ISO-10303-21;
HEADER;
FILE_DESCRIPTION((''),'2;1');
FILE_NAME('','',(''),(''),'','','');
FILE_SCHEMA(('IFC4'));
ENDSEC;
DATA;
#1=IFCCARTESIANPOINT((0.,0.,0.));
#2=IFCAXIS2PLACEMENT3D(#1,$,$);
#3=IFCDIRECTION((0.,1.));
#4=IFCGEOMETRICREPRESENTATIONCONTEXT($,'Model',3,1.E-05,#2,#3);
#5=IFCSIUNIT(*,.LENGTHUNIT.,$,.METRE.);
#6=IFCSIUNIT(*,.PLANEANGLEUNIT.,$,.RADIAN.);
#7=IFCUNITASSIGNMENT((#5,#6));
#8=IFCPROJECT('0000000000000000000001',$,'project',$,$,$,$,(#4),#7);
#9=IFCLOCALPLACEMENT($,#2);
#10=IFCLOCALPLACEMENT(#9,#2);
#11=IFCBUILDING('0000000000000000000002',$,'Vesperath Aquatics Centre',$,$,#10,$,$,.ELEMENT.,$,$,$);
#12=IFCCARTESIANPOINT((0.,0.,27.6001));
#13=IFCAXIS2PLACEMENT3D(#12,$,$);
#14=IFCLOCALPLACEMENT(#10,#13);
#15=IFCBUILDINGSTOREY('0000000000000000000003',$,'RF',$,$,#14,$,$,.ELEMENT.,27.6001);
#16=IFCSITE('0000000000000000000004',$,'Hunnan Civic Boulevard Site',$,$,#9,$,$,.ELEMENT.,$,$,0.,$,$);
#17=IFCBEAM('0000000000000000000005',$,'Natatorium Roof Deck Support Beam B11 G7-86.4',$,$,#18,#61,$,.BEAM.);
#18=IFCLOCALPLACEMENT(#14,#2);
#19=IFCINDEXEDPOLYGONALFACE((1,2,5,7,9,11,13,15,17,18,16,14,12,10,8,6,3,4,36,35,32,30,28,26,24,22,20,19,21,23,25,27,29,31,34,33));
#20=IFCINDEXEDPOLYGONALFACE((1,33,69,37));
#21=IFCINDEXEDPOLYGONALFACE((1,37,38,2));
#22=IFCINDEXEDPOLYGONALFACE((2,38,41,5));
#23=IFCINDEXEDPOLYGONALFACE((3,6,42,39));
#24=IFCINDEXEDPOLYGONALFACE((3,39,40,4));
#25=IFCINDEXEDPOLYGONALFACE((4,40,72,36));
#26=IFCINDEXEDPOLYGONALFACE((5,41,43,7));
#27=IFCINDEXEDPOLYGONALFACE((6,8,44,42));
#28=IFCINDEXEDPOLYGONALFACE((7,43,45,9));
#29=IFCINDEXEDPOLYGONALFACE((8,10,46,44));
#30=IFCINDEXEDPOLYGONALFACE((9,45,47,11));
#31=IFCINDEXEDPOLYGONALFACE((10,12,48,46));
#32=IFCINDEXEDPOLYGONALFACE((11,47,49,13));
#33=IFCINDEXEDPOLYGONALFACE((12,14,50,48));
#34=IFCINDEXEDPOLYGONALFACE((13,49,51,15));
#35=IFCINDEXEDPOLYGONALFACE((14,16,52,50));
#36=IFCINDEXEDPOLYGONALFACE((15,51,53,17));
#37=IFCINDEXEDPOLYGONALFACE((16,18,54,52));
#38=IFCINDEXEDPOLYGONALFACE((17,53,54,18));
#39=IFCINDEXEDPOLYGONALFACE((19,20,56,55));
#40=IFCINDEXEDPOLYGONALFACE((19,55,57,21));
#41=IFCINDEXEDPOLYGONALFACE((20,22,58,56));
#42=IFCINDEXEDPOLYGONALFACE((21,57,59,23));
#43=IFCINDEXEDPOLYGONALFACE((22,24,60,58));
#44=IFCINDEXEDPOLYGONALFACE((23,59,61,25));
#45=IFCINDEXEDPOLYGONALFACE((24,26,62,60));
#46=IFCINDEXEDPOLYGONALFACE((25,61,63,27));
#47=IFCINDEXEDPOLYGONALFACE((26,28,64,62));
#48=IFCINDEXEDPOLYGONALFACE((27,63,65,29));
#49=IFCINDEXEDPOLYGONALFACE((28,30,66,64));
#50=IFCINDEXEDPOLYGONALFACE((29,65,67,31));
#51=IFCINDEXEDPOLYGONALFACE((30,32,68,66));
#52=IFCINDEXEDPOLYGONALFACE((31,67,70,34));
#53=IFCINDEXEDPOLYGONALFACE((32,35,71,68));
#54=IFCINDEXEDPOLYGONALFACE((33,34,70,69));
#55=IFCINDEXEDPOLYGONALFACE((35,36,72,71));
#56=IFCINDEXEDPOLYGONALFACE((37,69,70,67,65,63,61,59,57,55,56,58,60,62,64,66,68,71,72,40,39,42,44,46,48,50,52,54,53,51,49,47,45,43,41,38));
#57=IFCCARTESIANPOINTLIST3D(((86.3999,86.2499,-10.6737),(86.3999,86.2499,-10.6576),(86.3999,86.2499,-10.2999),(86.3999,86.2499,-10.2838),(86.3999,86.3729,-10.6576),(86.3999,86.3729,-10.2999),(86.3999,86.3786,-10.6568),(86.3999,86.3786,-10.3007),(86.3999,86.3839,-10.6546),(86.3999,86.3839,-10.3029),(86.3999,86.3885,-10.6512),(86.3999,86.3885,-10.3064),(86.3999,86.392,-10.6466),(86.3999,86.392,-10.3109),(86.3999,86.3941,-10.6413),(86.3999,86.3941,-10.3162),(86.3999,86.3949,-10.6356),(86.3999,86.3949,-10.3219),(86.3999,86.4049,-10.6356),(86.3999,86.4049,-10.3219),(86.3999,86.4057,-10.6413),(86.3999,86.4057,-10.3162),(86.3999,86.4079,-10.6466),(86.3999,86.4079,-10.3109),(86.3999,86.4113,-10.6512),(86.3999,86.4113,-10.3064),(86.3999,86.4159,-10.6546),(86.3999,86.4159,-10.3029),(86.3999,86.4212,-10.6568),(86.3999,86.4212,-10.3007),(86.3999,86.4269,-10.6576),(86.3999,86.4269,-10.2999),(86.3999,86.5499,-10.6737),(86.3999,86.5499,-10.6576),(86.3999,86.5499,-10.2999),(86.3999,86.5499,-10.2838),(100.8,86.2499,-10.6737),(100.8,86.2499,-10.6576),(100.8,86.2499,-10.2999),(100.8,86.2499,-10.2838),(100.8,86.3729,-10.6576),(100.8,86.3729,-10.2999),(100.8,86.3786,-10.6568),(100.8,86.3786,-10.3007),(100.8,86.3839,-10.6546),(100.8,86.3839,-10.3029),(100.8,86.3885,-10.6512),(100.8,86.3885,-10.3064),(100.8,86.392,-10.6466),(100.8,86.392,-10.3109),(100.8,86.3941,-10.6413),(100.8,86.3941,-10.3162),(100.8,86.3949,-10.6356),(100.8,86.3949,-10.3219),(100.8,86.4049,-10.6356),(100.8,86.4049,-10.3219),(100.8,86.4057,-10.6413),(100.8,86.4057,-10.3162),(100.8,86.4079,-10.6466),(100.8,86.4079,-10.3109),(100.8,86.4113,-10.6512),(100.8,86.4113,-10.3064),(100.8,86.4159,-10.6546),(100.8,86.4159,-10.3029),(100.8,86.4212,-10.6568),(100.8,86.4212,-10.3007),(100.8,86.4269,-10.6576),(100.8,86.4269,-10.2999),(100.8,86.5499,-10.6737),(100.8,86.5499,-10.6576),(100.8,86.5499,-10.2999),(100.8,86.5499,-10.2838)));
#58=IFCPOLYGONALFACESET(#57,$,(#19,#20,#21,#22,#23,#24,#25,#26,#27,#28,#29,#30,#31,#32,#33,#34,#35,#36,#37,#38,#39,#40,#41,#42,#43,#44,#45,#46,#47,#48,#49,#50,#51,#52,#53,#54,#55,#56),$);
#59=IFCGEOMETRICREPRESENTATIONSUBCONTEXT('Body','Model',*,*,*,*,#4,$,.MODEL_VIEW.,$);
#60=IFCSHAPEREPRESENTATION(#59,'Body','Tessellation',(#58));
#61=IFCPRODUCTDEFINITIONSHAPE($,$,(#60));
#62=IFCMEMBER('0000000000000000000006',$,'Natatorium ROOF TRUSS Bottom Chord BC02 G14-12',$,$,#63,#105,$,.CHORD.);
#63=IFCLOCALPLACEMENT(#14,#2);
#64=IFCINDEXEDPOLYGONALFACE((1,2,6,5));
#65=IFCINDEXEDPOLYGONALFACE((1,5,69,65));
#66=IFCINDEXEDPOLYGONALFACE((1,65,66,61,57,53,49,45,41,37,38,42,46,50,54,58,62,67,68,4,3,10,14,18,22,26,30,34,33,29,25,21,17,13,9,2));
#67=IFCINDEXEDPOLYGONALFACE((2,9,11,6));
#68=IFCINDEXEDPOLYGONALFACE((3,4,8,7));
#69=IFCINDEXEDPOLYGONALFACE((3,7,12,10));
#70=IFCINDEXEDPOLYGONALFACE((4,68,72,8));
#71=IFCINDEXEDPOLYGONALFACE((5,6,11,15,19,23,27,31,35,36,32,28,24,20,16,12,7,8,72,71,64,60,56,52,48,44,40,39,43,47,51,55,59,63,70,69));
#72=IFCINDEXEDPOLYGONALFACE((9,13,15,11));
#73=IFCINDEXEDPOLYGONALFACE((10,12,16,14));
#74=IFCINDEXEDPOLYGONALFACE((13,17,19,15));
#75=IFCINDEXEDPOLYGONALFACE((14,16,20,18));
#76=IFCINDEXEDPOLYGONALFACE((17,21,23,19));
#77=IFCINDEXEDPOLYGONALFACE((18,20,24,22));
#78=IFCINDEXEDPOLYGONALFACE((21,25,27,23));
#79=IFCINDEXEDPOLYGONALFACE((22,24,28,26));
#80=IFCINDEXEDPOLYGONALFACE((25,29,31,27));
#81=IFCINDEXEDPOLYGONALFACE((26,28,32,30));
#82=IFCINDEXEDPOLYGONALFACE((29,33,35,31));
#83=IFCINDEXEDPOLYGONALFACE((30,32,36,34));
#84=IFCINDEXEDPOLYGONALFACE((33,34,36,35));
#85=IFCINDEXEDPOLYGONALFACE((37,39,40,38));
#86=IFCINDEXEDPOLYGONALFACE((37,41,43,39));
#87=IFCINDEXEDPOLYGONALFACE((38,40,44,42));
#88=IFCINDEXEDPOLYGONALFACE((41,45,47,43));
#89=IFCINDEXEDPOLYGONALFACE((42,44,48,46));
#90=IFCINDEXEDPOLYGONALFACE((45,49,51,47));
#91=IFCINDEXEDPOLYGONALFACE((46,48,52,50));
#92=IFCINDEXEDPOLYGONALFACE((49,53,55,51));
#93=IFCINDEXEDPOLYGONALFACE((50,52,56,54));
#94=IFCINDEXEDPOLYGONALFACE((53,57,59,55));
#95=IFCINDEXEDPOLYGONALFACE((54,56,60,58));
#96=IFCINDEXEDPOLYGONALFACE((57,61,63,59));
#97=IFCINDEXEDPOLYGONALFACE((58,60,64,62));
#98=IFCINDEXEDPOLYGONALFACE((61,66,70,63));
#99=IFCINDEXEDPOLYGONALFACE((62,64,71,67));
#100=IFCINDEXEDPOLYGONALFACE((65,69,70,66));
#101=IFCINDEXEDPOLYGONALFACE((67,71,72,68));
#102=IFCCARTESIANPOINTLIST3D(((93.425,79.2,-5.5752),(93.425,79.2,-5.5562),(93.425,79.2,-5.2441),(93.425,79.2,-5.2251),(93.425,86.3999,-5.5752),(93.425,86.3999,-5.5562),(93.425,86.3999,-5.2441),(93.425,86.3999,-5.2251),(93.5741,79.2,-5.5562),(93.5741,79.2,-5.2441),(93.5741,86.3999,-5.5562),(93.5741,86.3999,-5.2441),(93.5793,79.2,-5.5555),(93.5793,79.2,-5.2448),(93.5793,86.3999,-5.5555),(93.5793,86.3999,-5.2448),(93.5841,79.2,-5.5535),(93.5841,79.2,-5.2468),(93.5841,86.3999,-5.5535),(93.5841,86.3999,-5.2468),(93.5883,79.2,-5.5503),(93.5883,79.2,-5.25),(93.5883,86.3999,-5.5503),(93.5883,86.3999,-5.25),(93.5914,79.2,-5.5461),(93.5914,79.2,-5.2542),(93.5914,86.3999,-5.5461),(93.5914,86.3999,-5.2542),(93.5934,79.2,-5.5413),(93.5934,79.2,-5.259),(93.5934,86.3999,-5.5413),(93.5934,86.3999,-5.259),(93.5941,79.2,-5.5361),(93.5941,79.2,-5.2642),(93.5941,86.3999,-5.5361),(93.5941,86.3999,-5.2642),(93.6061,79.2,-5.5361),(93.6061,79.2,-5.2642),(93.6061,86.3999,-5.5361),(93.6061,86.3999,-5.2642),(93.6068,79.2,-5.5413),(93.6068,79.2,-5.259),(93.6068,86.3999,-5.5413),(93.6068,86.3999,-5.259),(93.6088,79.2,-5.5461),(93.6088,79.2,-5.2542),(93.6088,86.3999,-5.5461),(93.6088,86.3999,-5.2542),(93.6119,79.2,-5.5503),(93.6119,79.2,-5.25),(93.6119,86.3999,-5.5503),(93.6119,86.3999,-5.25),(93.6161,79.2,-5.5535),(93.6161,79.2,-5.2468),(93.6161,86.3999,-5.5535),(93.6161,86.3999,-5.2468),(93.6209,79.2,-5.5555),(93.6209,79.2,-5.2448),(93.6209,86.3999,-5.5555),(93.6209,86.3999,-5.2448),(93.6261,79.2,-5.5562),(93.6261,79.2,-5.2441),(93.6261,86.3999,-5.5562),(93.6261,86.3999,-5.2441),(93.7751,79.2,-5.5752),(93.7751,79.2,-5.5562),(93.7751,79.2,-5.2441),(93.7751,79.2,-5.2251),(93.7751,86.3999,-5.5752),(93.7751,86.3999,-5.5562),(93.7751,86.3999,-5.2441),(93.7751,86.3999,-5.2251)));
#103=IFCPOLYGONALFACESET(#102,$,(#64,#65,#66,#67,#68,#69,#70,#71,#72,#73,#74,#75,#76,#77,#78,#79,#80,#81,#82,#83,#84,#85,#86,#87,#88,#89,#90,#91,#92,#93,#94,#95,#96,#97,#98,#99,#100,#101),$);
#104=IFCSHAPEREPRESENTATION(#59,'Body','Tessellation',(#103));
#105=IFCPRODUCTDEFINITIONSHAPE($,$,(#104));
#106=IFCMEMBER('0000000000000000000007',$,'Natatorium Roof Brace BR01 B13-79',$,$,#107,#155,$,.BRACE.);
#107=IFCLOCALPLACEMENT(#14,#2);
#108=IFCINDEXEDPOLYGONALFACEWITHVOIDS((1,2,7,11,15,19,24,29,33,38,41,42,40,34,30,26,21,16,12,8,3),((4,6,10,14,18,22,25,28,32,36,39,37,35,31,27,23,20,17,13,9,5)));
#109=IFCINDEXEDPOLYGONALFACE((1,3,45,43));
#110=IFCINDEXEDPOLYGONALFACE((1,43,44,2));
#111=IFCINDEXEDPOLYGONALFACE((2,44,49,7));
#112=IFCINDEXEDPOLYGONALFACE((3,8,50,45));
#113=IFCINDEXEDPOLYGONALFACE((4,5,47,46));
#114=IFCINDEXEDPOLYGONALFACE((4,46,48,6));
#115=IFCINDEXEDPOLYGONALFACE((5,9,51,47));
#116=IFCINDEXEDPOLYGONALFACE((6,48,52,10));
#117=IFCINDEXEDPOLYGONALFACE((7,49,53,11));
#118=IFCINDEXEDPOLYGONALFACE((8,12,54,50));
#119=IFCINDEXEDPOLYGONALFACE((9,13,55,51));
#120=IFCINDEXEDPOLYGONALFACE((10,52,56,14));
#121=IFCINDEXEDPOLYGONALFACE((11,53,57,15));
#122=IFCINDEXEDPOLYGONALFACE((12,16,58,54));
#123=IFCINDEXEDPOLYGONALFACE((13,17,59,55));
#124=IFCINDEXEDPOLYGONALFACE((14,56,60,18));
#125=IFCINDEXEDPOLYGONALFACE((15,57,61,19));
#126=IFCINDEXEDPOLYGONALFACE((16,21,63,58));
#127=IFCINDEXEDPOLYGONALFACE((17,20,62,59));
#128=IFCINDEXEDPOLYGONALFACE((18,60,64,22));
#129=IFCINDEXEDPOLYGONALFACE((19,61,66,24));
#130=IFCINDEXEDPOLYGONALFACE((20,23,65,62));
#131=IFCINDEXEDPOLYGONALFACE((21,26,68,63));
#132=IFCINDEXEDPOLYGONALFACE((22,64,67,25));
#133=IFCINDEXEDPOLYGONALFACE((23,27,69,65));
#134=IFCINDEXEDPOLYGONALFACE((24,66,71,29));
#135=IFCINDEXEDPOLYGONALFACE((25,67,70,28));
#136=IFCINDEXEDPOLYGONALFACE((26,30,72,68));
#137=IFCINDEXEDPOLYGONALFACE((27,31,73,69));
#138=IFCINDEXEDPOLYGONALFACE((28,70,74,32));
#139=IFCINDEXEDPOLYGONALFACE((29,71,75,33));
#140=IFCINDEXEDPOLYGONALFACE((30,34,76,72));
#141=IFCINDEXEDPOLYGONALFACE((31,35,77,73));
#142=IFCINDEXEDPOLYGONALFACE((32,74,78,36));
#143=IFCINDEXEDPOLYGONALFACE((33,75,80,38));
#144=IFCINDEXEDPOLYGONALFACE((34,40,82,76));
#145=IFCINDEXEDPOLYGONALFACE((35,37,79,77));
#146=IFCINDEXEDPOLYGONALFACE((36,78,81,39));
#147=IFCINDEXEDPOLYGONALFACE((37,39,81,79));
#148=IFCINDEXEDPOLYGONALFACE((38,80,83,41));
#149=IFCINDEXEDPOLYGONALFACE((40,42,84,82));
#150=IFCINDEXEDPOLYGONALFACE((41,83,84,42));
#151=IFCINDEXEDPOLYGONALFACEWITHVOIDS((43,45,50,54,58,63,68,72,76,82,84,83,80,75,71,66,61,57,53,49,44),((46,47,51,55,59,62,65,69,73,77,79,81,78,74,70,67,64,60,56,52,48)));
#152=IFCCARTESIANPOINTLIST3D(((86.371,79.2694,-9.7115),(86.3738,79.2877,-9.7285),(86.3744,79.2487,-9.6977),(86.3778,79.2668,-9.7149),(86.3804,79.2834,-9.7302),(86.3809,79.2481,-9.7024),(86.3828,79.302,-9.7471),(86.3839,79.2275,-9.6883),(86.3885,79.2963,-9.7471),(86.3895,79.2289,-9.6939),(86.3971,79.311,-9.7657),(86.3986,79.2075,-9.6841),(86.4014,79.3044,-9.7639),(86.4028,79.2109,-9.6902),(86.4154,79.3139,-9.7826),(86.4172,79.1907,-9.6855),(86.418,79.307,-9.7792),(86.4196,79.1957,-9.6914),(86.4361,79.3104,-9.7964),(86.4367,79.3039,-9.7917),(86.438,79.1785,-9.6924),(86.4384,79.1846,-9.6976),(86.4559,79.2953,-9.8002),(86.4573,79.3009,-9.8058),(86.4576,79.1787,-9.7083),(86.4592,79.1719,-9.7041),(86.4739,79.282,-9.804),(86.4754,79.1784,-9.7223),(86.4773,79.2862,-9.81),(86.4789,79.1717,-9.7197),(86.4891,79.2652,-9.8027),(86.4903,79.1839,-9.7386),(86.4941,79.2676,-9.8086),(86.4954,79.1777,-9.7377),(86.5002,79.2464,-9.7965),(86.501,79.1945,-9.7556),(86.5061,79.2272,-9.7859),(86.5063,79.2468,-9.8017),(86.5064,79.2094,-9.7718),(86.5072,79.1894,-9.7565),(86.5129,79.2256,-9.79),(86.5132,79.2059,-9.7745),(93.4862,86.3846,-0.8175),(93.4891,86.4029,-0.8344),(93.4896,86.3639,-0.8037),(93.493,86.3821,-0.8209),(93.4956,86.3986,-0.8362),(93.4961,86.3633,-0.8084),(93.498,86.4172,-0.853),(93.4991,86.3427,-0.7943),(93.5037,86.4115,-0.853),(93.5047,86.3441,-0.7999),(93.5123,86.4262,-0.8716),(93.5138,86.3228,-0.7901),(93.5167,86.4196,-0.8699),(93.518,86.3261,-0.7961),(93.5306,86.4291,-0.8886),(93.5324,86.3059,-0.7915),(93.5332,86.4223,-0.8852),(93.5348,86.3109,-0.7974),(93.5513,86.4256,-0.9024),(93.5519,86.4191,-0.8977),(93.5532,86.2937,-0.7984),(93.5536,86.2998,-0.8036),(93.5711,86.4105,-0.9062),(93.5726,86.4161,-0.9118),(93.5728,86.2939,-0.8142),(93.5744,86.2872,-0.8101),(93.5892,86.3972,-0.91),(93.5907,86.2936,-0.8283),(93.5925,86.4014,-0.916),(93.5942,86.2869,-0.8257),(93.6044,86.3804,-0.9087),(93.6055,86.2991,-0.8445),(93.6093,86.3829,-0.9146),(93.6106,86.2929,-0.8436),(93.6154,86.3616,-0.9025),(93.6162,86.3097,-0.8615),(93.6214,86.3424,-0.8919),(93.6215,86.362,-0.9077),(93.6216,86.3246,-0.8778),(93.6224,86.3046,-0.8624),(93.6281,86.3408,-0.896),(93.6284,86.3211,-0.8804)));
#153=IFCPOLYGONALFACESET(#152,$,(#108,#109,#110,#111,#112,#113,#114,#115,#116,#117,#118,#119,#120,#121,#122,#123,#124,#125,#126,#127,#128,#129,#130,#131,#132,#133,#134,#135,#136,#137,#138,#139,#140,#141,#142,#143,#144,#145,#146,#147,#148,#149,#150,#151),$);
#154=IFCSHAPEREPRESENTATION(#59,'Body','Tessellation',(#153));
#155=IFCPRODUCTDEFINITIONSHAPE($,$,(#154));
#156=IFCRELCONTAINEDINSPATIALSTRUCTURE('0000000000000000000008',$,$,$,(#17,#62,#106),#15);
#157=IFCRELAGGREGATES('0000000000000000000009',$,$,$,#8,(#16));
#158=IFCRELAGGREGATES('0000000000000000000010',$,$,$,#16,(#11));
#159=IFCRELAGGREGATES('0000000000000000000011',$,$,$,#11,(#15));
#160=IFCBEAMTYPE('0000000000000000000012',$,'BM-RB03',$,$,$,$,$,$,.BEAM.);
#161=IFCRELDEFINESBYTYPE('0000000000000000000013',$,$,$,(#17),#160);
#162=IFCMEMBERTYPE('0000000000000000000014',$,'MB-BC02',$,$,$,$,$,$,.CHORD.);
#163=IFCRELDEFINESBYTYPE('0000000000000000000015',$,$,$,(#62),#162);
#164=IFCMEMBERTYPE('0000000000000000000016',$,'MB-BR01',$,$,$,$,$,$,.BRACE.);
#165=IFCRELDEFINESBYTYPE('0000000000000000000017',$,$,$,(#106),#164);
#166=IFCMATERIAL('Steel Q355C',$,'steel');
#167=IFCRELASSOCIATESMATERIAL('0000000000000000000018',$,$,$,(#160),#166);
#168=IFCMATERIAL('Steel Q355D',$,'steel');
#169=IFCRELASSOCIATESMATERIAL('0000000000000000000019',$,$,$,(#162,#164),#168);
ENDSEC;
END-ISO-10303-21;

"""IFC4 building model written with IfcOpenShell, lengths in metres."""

from ifc_helpers import new_model, si_unit, direction, frame, origin, origin_2d, place, context, subcontext, project, spatial, hollow_circle, i_section, extrude, material, material_profile, profile_set, type_object, element, save


model = new_model("IFC4")

# Units and contexts
model_context = context("Model", 3, precision=1e-05, world=origin(), true_north=direction((0.0, 1.0)))
body_context = subcontext(model_context, "Body", "Model", "MODEL_VIEW")
ifc_project = project(units=[si_unit("LENGTHUNIT", "METRE"), si_unit("PLANEANGLEUNIT", "RADIAN")], contexts=[model_context])

# Site, building, storey
site_placement = place(None, origin())
site = spatial("IfcSite", under=ifc_project, at=site_placement, Name="Hunnan Civic Boulevard Site", CompositionType="ELEMENT", RefElevation=0.0)
building_placement = place(site_placement, origin())
building = spatial("IfcBuilding", under=site, at=building_placement, Name="Vesperath Aquatics Centre", CompositionType="ELEMENT")
storey_placement = place(building_placement, frame((0.0, 0.0, 27.6001)))
storey = spatial("IfcBuildingStorey", under=building, at=storey_placement, Name="RF", CompositionType="ELEMENT", Elevation=27.6001)

# Beam
ifc_material_1 = material(Name="Steel Q355C", Category="steel")
ifc_material_profile_1 = material_profile(ifc_material_1, i_section(OverallWidth=0.3, OverallDepth=0.3899, WebThickness=0.01, FlangeThickness=0.0161, FilletRadius=0.022, at=origin_2d()), Name="HM 390x300x10x16")
ifc_profile_set_1 = profile_set([ifc_material_profile_1], Name="Steel Q355C")
beam_type = type_object("IfcBeamType", Name="BM-RB03", PredefinedType="BEAM", material=ifc_profile_set_1)
beam_placement = place(storey_placement, frame((86.3999, 86.3999, -10.4788), z_axis=(1.0, 0.0, 0.0), x_axis=(0.0, 1.0, 0.0)))
element("IfcBeam", 1, at=beam_placement, inside=storey, type_object=beam_type, Name="Natatorium Roof Deck Support Beam B11 G7-86.4", PredefinedType="BEAM", context=body_context, shape_type="SweptSolid", body=[
    extrude(i_section(OverallWidth=0.3, OverallDepth=0.3899, WebThickness=0.01, FlangeThickness=0.0161, FilletRadius=0.022, at=origin_2d()), origin(), (0.0, 0.0, 1.0), 14.4001),
])

# Members
ifc_material_2 = material(Name="Steel Q355D", Category="steel")
ifc_material_profile_2 = material_profile(ifc_material_2, i_section(OverallWidth=0.3501, OverallDepth=0.3501, WebThickness=0.012, FlangeThickness=0.019, FilletRadius=0.02, at=origin_2d()), Name="HW 350x350x12x19")
ifc_profile_set_2 = profile_set([ifc_material_profile_2], Name="Steel Q355D")
member_type_1 = type_object("IfcMemberType", Name="MB-BC02", PredefinedType="CHORD", material=ifc_profile_set_2)
member_1_placement = place(storey_placement, frame((93.6001, 79.2, -5.4001), z_axis=(0.0, 1.0, 0.0), x_axis=(-1.0, 0.0, 0.0)))
element("IfcMember", 2, at=member_1_placement, inside=storey, type_object=member_type_1, Name="Natatorium ROOF TRUSS Bottom Chord BC02 G14-12", PredefinedType="CHORD", context=body_context, shape_type="SweptSolid", body=[
    extrude(i_section(OverallWidth=0.3501, OverallDepth=0.3501, WebThickness=0.012, FlangeThickness=0.019, FilletRadius=0.02, at=origin_2d()), origin(), (0.0, 0.0, 1.0), 7.2),
])
ifc_material_profile_3 = material_profile(ifc_material_2, hollow_circle(Radius=0.0842, WallThickness=0.0081, at=origin_2d()), Name="CHS 168.3x8")
ifc_profile_set_3 = profile_set([ifc_material_profile_3], Name="Steel Q355D")
member_type_2 = type_object("IfcMemberType", Name="MB-BR01", PredefinedType="BRACE", material=ifc_profile_set_3)
for number, where, z_axis, x_axis, name in (
    (3, (86.4424, 79.2424, -9.7471), (0.529813, 0.529813, 0.662266), (-0.707107, 0.707107, 0.0), "Natatorium Roof Brace BR01 B13-79"),
):
    element("IfcMember", number, at=place(storey_placement, frame(where, z_axis=z_axis, x_axis=x_axis)), inside=storey, type_object=member_type_2, Name=name, PredefinedType="BRACE", context=body_context, shape_type="SweptSolid", body=[
        extrude(hollow_circle(Radius=0.0842, WallThickness=0.0081, at=origin_2d()), origin(), (0.0, 0.0, 1.0), 13.4297),
    ])

save(model, "model.ifc")
